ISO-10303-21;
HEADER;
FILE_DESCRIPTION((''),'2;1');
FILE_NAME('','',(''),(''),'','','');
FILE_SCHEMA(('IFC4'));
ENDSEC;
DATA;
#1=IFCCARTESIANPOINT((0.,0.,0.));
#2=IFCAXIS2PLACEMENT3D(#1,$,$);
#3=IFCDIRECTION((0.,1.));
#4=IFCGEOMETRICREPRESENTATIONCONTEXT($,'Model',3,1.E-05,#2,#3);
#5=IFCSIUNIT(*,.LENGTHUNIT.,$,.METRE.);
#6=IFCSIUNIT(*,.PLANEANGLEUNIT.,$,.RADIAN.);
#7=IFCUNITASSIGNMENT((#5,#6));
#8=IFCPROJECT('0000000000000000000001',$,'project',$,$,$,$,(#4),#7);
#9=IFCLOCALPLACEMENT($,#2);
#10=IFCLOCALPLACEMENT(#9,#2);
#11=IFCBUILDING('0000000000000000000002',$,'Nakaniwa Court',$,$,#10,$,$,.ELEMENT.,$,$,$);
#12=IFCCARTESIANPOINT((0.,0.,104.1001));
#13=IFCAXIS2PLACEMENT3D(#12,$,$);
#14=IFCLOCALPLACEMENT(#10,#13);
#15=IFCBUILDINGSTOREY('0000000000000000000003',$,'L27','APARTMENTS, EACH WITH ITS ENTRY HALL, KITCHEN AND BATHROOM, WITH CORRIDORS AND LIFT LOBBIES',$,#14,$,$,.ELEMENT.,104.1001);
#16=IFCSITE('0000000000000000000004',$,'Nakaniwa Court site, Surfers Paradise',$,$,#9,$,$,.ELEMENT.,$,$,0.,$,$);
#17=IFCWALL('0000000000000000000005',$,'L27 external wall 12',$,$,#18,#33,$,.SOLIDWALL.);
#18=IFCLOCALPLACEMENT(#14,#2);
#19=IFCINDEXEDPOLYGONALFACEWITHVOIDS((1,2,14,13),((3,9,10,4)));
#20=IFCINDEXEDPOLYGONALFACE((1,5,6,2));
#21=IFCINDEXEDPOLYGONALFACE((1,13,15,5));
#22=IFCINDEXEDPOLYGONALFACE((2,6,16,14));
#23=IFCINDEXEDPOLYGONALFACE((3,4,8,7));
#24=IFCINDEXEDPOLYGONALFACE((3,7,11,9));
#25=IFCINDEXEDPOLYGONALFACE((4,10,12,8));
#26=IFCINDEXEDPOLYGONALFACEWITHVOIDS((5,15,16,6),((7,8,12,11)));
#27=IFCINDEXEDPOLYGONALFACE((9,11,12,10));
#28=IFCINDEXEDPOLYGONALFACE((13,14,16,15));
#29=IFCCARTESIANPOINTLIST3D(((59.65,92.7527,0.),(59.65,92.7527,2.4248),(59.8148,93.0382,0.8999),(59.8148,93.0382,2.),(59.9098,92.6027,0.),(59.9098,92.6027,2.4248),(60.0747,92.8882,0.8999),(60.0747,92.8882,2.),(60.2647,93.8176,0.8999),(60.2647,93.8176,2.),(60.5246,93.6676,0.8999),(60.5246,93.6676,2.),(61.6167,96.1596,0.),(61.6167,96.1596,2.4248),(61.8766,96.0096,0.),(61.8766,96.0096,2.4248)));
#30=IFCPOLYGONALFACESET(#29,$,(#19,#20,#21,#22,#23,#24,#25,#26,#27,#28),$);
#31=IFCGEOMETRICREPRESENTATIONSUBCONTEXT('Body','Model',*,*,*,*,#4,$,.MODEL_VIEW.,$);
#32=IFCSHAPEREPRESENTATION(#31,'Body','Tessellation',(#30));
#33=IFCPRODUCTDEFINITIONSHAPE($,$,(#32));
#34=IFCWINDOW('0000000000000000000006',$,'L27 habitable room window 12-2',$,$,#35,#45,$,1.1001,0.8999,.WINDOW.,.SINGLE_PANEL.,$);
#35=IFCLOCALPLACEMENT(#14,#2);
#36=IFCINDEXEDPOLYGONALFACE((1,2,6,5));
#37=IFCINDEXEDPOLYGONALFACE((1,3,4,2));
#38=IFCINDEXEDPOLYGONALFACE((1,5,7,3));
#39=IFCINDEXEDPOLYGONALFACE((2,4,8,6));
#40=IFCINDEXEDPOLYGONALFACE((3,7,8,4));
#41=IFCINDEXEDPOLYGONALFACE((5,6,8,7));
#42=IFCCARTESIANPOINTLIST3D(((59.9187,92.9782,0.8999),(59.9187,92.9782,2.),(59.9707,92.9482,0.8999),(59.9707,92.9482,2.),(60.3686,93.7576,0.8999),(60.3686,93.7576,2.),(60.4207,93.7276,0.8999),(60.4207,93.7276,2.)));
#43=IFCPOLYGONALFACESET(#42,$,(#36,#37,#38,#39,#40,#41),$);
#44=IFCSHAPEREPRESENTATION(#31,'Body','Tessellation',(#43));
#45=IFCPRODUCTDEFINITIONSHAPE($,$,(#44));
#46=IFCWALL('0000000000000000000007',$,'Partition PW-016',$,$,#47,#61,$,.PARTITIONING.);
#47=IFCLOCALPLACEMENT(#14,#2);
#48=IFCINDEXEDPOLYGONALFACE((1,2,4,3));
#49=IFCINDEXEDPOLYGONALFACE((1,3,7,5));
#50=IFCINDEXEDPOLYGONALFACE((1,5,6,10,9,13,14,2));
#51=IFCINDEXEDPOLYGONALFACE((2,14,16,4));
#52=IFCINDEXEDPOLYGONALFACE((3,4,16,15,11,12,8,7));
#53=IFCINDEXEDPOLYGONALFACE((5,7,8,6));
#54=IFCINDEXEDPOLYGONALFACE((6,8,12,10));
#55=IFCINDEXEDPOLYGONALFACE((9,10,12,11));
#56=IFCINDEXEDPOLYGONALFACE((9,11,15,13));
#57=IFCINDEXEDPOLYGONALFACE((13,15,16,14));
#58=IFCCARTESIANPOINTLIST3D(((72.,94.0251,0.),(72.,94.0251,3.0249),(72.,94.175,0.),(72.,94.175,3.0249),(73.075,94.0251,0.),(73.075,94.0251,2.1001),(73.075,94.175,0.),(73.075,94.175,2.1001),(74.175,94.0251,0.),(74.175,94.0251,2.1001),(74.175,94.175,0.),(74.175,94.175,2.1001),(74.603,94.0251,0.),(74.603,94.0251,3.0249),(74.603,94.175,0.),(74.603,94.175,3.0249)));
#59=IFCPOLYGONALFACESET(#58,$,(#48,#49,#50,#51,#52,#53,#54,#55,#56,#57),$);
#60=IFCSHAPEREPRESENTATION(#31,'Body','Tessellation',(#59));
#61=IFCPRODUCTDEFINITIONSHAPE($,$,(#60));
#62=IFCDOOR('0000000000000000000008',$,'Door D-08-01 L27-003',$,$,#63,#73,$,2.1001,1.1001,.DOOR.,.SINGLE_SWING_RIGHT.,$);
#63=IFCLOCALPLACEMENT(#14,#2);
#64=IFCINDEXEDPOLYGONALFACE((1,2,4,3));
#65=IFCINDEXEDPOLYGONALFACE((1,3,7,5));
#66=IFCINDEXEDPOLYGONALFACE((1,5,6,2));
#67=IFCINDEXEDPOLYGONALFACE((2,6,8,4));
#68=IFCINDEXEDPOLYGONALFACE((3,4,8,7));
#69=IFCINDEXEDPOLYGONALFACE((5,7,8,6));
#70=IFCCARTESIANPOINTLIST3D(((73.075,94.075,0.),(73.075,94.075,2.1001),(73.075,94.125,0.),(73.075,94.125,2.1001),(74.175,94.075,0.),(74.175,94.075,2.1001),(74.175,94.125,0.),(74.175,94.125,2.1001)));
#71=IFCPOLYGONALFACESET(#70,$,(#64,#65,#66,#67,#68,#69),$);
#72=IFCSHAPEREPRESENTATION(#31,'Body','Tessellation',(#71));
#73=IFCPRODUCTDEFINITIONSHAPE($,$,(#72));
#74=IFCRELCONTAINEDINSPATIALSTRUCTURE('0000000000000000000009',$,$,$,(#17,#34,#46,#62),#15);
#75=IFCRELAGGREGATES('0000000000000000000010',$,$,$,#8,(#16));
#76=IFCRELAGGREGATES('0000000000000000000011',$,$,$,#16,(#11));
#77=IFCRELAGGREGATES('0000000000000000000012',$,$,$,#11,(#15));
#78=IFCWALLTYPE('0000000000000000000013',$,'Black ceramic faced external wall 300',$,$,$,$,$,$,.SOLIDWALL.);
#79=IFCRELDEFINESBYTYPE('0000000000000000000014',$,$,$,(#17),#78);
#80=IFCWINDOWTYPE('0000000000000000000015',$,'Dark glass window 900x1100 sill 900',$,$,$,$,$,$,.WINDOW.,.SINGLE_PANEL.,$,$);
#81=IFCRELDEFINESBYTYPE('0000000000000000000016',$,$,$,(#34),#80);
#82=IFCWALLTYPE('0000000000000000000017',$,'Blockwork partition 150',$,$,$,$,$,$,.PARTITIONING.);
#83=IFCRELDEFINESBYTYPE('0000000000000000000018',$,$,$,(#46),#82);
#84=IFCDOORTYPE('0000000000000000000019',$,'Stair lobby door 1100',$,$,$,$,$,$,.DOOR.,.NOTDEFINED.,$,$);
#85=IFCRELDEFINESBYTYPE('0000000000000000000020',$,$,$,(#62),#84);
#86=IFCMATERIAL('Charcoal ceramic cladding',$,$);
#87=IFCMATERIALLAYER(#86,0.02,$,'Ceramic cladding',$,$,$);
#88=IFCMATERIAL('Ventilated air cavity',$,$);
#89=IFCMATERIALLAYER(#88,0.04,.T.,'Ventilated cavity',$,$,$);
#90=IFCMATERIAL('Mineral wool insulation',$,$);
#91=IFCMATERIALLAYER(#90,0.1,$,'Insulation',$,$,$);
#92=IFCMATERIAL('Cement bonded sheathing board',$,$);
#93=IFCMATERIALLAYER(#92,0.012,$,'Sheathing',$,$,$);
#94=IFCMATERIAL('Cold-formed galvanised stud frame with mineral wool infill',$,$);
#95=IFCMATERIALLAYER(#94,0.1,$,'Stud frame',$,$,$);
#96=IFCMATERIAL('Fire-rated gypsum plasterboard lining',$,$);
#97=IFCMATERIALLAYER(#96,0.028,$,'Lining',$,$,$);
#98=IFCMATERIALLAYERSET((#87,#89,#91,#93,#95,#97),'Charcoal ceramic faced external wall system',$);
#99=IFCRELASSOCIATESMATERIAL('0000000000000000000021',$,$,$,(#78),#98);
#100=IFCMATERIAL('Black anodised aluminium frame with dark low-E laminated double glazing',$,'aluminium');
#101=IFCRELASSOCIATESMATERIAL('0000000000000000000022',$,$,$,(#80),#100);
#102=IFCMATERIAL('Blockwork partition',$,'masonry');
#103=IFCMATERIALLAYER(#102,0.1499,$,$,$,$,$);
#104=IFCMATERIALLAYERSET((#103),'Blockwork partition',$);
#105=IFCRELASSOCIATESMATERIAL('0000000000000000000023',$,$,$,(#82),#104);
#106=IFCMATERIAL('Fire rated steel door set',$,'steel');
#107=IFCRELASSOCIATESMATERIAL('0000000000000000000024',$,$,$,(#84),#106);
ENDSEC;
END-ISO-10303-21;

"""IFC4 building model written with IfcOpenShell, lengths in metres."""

from ifc_helpers import new_model, si_unit, direction, frame, frame_2d, origin, place, context, subcontext, project, spatial, rectangle, extrude, material, layer, layer_set, type_object, element, fill, save


model = new_model("IFC4")

# Units and contexts
model_context = context("Model", 3, precision=1e-05, world=origin(), true_north=direction((0.0, 1.0)))
body_context = subcontext(model_context, "Body", "Model", "MODEL_VIEW")
ifc_project = project(units=[si_unit("LENGTHUNIT", "METRE"), si_unit("PLANEANGLEUNIT", "RADIAN")], contexts=[model_context])

# Site, building, storey
site_placement = place(None, origin())
site = spatial("IfcSite", under=ifc_project, at=site_placement, Name="Nakaniwa Court site, Surfers Paradise", CompositionType="ELEMENT", RefElevation=0.0)
building_placement = place(site_placement, origin())
building = spatial("IfcBuilding", under=site, at=building_placement, Name="Nakaniwa Court", CompositionType="ELEMENT")
storey_placement = place(building_placement, frame((0.0, 0.0, 104.1001)))
storey = spatial("IfcBuildingStorey", under=building, at=storey_placement, Name="L27", Description="APARTMENTS, EACH WITH ITS ENTRY HALL, KITCHEN AND BATHROOM, WITH CORRIDORS AND LIFT LOBBIES", CompositionType="ELEMENT", Elevation=104.1001)

# Wall, opening, window
ifc_material_1 = material(Name="Charcoal ceramic cladding")
ifc_layer_1 = layer(ifc_material_1, 0.02, Name="Ceramic cladding")
ifc_material_2 = material(Name="Ventilated air cavity")
ifc_layer_2 = layer(ifc_material_2, 0.04, ventilated=True, Name="Ventilated cavity")
ifc_material_3 = material(Name="Mineral wool insulation")
ifc_layer_3 = layer(ifc_material_3, 0.1, Name="Insulation")
ifc_material_4 = material(Name="Cement bonded sheathing board")
ifc_layer_4 = layer(ifc_material_4, 0.012, Name="Sheathing")
ifc_material_5 = material(Name="Cold-formed galvanised stud frame with mineral wool infill")
ifc_layer_5 = layer(ifc_material_5, 0.1, Name="Stud frame")
ifc_material_6 = material(Name="Fire-rated gypsum plasterboard lining")
ifc_layer_6 = layer(ifc_material_6, 0.028, Name="Lining")
ifc_layer_set_1 = layer_set([ifc_layer_1, ifc_layer_2, ifc_layer_3, ifc_layer_4, ifc_layer_5, ifc_layer_6], Name="Charcoal ceramic faced external wall system")
wall_type_1 = type_object("IfcWallType", Name="Black ceramic faced external wall 300", PredefinedType="SOLIDWALL", material=ifc_layer_set_1)
ifc_material_7 = material(Name="Black anodised aluminium frame with dark low-E laminated double glazing", Category="aluminium")
wall_1_placement = place(storey_placement, frame((61.7466, 96.0845, 0.0), z_axis=(0.0, 0.0, 1.0), x_axis=(-0.499957, -0.86605, 0.0)))
wall_1 = element("IfcWall", 1, at=wall_1_placement, inside=storey, type_object=wall_type_1, Name="L27 external wall 12", PredefinedType="SOLIDWALL", context=body_context, shape_type="SweptSolid", body=[
    extrude(rectangle(XDim=3.9338, YDim=0.3, at=frame_2d((1.9668, 0.0))), origin(), (0.0, 0.0, 1.0), 2.4248),
])
opening_1_placement = place(wall_1_placement, frame((2.7041, 0.0, 0.8999)))
opening_1 = element("IfcOpeningElement", 2, at=opening_1_placement, cuts=wall_1, PredefinedType="OPENING", context=body_context, shape_type="SweptSolid", body=[
    extrude(rectangle(XDim=0.8999, YDim=1.1001, at=frame_2d((0.45, 0.55))), frame((0.0, 0.1599, 0.0), z_axis=(0.0, -1.0, 0.0), x_axis=(1.0, 0.0, 0.0)), (0.0, 0.0, 1.0), 0.3201),
])
window_type_1 = type_object("IfcWindowType", Name="Dark glass window 900x1100 sill 900", PartitioningType="SINGLE_PANEL", PredefinedType="WINDOW", material=ifc_material_7)
window_1_placement = place(opening_1_placement, origin())
window_1 = element("IfcWindow", 3, at=window_1_placement, inside=storey, type_object=window_type_1, Name="L27 habitable room window 12-2", OverallHeight=1.1001, OverallWidth=0.8999, PartitioningType="SINGLE_PANEL", PredefinedType="WINDOW", context=body_context, shape_type="SweptSolid", body=[
    extrude(rectangle(XDim=0.8999, YDim=1.1001, at=frame_2d((0.45, 0.55))), frame((0.0, 0.03, 0.0), z_axis=(0.0, -1.0, 0.0), x_axis=(1.0, 0.0, 0.0)), (0.0, 0.0, 1.0), 0.0601),
])
fill(opening_1, window_1)

# Wall, opening, door
ifc_material_8 = material(Name="Blockwork partition", Category="masonry")
ifc_layer_7 = layer(ifc_material_8, 0.1499)
ifc_layer_set_2 = layer_set([ifc_layer_7], Name="Blockwork partition")
wall_type_2 = type_object("IfcWallType", Name="Blockwork partition 150", PredefinedType="PARTITIONING", material=ifc_layer_set_2)
wall_2_placement = place(storey_placement, frame((72.0, 94.1001, 0.0), z_axis=(0.0, 0.0, 1.0), x_axis=(1.0, 0.0, 0.0)))
wall_2 = element("IfcWall", 4, at=wall_2_placement, inside=storey, type_object=wall_type_2, Name="Partition PW-016", PredefinedType="PARTITIONING", context=body_context, shape_type="SweptSolid", body=[
    extrude(rectangle(XDim=2.603, YDim=0.1499, at=frame_2d((1.3015, 0.0))), origin(), (0.0, 0.0, 1.0), 3.0249),
])
opening_2_placement = place(wall_2_placement, frame((1.075, 0.0, 0.0)))
opening_2 = element("IfcOpeningElement", 5, at=opening_2_placement, cuts=wall_2, PredefinedType="OPENING", context=body_context, shape_type="SweptSolid", body=[
    extrude(rectangle(XDim=1.1001, YDim=2.1001, at=frame_2d((0.55, 1.05))), frame((0.0, 0.085, 0.0), z_axis=(0.0, -1.0, 0.0), x_axis=(1.0, 0.0, 0.0)), (0.0, 0.0, 1.0), 0.1699),
])
ifc_material_9 = material(Name="Fire rated steel door set", Category="steel")
door_type_1 = type_object("IfcDoorType", Name="Stair lobby door 1100", OperationType="NOTDEFINED", PredefinedType="DOOR", material=ifc_material_9)
door_1_placement = place(opening_2_placement, origin())
door_1 = element("IfcDoor", 6, at=door_1_placement, inside=storey, type_object=door_type_1, Name="Door D-08-01 L27-003", OperationType="SINGLE_SWING_RIGHT", OverallHeight=2.1001, OverallWidth=1.1001, PredefinedType="DOOR", context=body_context, shape_type="SweptSolid", body=[
    extrude(rectangle(XDim=1.1001, YDim=2.1001, at=frame_2d((0.55, 1.05))), frame((0.0, 0.0249, 0.0), z_axis=(0.0, -1.0, 0.0), x_axis=(1.0, 0.0, 0.0)), (0.0, 0.0, 1.0), 0.05),
])
fill(opening_2, door_1)

save(model, "model.ifc")
